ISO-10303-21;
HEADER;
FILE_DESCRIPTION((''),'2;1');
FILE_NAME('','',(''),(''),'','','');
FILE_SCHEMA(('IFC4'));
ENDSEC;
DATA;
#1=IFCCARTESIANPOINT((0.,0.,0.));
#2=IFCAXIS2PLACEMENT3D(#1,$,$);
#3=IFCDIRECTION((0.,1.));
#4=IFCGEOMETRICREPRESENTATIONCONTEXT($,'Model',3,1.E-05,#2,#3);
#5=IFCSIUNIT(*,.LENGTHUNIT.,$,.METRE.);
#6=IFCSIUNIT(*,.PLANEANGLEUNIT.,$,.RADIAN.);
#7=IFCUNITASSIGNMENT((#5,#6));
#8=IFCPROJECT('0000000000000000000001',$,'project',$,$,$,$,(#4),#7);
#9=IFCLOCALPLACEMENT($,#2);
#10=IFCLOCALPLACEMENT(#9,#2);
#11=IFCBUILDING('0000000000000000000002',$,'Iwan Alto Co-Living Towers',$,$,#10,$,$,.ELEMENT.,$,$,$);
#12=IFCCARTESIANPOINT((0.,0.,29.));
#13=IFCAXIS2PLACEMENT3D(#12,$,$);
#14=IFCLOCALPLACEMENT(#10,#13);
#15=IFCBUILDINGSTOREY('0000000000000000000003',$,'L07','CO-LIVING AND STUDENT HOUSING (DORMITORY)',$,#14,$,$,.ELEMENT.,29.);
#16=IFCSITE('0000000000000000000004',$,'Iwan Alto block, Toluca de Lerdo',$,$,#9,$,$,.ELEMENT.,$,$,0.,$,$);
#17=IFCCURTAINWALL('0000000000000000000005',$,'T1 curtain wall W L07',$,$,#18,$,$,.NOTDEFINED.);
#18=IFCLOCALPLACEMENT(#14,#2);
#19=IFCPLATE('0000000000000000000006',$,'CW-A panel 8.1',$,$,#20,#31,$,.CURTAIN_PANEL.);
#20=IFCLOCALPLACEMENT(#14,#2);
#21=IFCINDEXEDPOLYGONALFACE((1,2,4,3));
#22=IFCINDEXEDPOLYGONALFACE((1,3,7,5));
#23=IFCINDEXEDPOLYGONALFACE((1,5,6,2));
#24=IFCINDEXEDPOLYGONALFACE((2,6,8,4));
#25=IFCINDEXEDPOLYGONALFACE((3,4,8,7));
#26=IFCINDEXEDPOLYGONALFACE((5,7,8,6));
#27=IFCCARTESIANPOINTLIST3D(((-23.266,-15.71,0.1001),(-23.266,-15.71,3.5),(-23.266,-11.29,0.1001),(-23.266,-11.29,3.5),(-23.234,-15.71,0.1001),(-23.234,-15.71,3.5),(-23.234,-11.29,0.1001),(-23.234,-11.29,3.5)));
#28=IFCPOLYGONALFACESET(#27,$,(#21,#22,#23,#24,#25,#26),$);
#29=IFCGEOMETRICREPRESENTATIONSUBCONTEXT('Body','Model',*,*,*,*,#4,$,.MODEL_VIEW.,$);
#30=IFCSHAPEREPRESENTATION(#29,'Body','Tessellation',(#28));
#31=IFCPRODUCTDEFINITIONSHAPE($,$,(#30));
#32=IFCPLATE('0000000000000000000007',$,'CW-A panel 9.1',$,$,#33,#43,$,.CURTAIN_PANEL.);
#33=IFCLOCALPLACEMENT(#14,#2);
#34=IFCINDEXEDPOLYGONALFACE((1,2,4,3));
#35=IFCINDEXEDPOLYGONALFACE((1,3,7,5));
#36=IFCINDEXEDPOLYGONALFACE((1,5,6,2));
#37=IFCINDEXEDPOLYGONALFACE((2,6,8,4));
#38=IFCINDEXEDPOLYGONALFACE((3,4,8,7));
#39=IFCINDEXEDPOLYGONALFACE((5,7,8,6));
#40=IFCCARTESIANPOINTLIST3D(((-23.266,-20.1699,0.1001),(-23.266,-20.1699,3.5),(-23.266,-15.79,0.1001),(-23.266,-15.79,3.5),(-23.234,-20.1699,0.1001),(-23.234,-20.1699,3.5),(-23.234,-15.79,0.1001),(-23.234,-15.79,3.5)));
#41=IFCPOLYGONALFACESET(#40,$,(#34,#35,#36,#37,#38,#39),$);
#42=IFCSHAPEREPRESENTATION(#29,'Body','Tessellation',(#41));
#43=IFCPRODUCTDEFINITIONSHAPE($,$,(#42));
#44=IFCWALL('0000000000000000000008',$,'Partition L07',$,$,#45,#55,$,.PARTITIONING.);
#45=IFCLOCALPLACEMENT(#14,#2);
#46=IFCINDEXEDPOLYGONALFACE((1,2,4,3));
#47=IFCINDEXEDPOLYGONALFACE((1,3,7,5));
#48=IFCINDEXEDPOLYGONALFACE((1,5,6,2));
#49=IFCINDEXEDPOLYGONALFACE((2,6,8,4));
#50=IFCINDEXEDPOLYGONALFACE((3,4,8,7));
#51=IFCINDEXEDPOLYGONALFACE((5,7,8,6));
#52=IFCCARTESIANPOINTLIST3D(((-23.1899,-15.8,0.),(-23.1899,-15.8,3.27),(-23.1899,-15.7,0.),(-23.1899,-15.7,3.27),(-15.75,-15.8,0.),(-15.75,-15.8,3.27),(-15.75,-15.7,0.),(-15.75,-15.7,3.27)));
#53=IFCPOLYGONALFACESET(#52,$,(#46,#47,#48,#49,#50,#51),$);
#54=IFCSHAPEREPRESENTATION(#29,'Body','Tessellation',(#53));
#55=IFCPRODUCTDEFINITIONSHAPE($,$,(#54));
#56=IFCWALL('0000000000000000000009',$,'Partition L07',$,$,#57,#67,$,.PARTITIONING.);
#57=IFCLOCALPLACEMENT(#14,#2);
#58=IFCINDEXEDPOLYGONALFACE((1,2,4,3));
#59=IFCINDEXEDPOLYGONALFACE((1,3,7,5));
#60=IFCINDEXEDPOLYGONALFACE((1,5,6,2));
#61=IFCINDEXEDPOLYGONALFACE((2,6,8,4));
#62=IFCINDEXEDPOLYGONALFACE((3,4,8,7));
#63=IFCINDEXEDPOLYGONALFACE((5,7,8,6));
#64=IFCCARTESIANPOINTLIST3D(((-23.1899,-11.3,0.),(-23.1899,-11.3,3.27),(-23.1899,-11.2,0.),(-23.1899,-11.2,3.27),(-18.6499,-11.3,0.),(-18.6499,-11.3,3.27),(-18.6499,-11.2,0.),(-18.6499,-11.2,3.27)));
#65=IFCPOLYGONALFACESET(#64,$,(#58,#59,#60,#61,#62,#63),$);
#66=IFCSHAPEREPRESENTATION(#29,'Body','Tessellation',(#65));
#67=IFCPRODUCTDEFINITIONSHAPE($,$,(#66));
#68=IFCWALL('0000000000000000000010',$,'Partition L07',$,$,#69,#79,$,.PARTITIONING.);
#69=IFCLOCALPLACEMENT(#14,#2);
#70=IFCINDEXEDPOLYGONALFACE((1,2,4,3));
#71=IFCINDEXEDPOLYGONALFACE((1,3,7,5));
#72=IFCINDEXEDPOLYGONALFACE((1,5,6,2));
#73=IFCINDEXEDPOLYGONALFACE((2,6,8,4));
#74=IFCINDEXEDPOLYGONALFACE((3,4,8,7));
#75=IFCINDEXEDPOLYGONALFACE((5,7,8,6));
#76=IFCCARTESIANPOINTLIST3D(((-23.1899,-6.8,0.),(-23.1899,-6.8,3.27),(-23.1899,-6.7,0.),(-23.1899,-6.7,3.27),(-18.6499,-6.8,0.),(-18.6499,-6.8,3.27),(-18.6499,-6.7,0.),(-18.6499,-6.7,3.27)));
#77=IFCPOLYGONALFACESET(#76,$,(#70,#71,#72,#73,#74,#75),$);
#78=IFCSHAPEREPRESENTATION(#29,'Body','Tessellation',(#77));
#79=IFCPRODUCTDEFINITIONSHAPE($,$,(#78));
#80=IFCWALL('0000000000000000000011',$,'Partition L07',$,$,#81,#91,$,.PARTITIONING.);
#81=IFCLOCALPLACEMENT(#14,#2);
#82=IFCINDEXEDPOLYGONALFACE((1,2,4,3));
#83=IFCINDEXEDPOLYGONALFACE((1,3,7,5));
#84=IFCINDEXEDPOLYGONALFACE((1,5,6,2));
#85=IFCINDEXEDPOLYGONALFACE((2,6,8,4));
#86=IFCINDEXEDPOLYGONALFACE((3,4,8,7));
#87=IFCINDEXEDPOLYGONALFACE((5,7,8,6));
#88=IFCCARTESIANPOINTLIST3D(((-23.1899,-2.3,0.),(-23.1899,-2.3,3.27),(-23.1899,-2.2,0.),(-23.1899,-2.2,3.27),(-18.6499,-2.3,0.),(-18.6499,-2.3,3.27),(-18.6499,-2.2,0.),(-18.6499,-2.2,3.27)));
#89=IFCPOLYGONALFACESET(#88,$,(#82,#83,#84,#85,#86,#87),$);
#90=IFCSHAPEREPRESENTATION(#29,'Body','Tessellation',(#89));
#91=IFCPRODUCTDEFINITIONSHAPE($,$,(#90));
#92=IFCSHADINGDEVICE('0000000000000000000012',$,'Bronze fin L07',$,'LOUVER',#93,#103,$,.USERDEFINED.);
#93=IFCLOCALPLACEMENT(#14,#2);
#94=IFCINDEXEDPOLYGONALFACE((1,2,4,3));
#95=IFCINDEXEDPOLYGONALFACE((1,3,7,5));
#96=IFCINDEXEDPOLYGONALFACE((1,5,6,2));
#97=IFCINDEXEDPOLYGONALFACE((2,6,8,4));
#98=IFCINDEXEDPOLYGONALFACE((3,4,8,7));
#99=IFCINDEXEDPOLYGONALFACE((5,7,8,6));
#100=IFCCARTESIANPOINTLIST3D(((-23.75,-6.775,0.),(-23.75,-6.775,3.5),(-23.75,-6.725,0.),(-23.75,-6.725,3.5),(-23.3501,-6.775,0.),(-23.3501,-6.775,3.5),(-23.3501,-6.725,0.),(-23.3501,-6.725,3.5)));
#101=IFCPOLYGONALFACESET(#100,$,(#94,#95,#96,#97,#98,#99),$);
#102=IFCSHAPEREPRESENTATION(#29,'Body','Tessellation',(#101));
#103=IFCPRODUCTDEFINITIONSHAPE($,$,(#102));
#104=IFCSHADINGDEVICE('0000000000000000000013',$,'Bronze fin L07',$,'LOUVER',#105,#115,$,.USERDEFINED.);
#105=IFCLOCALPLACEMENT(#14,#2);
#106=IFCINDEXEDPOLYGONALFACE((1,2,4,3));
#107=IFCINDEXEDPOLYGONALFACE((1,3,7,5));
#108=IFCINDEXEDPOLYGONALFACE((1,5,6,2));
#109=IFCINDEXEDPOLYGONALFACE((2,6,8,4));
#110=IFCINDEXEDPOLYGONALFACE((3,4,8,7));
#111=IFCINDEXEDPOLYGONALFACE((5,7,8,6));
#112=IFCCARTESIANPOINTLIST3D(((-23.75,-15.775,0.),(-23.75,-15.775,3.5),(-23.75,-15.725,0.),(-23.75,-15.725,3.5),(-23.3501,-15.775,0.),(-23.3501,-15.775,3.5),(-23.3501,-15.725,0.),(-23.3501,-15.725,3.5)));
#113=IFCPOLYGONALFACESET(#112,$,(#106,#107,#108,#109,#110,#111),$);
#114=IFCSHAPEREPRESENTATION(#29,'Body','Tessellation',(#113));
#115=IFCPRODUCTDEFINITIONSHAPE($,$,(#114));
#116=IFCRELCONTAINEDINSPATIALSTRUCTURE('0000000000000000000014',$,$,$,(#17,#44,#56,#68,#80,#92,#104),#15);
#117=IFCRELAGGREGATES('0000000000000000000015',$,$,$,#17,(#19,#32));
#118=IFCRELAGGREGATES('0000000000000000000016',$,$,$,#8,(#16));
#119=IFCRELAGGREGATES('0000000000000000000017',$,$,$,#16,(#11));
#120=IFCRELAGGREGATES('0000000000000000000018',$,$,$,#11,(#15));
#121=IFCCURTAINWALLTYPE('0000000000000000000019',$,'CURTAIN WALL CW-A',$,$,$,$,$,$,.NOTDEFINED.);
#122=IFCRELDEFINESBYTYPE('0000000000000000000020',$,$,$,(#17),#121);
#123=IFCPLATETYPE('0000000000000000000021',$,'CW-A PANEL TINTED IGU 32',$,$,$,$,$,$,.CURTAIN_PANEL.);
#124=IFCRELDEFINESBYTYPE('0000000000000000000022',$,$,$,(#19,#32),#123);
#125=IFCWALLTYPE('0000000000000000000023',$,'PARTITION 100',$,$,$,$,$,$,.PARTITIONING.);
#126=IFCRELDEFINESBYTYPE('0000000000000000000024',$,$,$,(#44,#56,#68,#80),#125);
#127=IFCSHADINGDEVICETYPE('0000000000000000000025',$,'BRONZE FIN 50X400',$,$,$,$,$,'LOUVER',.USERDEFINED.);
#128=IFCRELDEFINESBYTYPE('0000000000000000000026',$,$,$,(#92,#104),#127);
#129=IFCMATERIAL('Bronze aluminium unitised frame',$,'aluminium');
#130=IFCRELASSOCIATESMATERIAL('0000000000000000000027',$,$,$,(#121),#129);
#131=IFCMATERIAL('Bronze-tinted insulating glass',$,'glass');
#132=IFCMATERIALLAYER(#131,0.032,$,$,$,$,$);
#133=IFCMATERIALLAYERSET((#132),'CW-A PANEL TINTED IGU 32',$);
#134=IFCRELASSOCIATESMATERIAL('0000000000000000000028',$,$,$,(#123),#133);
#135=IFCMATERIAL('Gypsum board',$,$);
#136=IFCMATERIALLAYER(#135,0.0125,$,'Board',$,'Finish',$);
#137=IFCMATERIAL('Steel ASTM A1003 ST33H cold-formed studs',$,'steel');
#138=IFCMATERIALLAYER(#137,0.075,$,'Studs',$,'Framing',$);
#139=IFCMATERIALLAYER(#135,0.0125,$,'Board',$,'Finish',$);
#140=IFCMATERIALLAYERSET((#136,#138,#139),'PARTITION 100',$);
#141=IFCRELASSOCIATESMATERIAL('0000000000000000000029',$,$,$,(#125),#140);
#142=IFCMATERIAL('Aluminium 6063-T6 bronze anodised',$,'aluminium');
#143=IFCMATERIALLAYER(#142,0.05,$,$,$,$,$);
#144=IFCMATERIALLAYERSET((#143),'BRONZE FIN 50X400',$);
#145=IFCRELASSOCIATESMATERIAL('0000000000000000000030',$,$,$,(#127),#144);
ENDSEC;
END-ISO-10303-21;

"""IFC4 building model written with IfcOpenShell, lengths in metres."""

from ifc_helpers import new_model, si_unit, direction, frame, frame_2d, origin, origin_2d, place, context, subcontext, project, spatial, rectangle, extrude, material, layer, layer_set, type_object, element, aggregate, save


model = new_model("IFC4")

# Units and contexts
model_context = context("Model", 3, precision=1e-05, world=origin(), true_north=direction((0.0, 1.0)))
body_context = subcontext(model_context, "Body", "Model", "MODEL_VIEW")
ifc_project = project(units=[si_unit("LENGTHUNIT", "METRE"), si_unit("PLANEANGLEUNIT", "RADIAN")], contexts=[model_context])

# Site, building, storey
site_placement = place(None, origin())
site = spatial("IfcSite", under=ifc_project, at=site_placement, Name="Iwan Alto block, Toluca de Lerdo", CompositionType="ELEMENT", RefElevation=0.0)
building_placement = place(site_placement, origin())
building = spatial("IfcBuilding", under=site, at=building_placement, Name="Iwan Alto Co-Living Towers", CompositionType="ELEMENT")
storey_placement = place(building_placement, frame((0.0, 0.0, 29.0)))
storey = spatial("IfcBuildingStorey", under=building, at=storey_placement, Name="L07", Description="CO-LIVING AND STUDENT HOUSING (DORMITORY)", CompositionType="ELEMENT", Elevation=29.0)

# Curtain wall
ifc_material_1 = material(Name="Bronze aluminium unitised frame", Category="aluminium")
curtain_wall_type = type_object("IfcCurtainWallType", Name="CURTAIN WALL CW-A", PredefinedType="NOTDEFINED", material=ifc_material_1)
curtain_wall_placement = place(storey_placement, origin())
curtain_wall = element("IfcCurtainWall", 1, at=curtain_wall_placement, inside=storey, type_object=curtain_wall_type, Name="T1 curtain wall W L07", PredefinedType="NOTDEFINED")

# Plates
ifc_material_2 = material(Name="Bronze-tinted insulating glass", Category="glass")
ifc_layer_1 = layer(ifc_material_2, 0.032)
ifc_layer_set_1 = layer_set([ifc_layer_1], Name="CW-A PANEL TINTED IGU 32")
plate_type = type_object("IfcPlateType", Name="CW-A PANEL TINTED IGU 32", PredefinedType="CURTAIN_PANEL", material=ifc_layer_set_1)
plate_1_placement = place(storey_placement, frame((-23.25, -13.5, 0.1001), z_axis=(0.0, 0.0, 1.0), x_axis=(0.0, -1.0, 0.0)))
plate_1 = element("IfcPlate", 2, at=plate_1_placement, type_object=plate_type, Name="CW-A panel 8.1", PredefinedType="CURTAIN_PANEL", context=body_context, shape_type="SweptSolid", body=[
    extrude(rectangle(XDim=4.4199, YDim=0.032, at=origin_2d()), origin(), (0.0, 0.0, 1.0), 3.3999),
])
plate_2_placement = place(storey_placement, frame((-23.25, -17.98, 0.1001), z_axis=(0.0, 0.0, 1.0), x_axis=(0.0, -1.0, 0.0)))
plate_2 = element("IfcPlate", 3, at=plate_2_placement, type_object=plate_type, Name="CW-A panel 9.1", PredefinedType="CURTAIN_PANEL", context=body_context, shape_type="SweptSolid", body=[
    extrude(rectangle(XDim=4.3799, YDim=0.032, at=origin_2d()), origin(), (0.0, 0.0, 1.0), 3.3999),
])
aggregate(curtain_wall, [plate_1, plate_2])

# Walls
ifc_material_3 = material(Name="Gypsum board")
ifc_layer_2 = layer(ifc_material_3, 0.0125, Name="Board", Category="Finish")
ifc_material_4 = material(Name="Steel ASTM A1003 ST33H cold-formed studs", Category="steel")
ifc_layer_3 = layer(ifc_material_4, 0.075, Name="Studs", Category="Framing")
ifc_layer_4 = layer(ifc_material_3, 0.0125, Name="Board", Category="Finish")
ifc_layer_set_2 = layer_set([ifc_layer_2, ifc_layer_3, ifc_layer_4], Name="PARTITION 100")
wall_type = type_object("IfcWallType", Name="PARTITION 100", PredefinedType="PARTITIONING", material=ifc_layer_set_2)
wall_placement = place(storey_placement, frame((-23.1899, -15.75, 0.0), z_axis=(0.0, 0.0, 1.0), x_axis=(1.0, 0.0, 0.0)))
element("IfcWall", 4, at=wall_placement, inside=storey, type_object=wall_type, Name="Partition L07", PredefinedType="PARTITIONING", context=body_context, shape_type="SweptSolid", body=[
    extrude(rectangle(XDim=7.4399, YDim=0.1001, at=frame_2d((3.72, 0.0))), origin(), (0.0, 0.0, 1.0), 3.27),
])
for number, where, z_axis, x_axis, name in (
    (5, (-23.1899, -11.25, 0.0), (0.0, 0.0, 1.0), (1.0, 0.0, 0.0), "Partition L07"),
    (6, (-23.1899, -6.75, 0.0), (0.0, 0.0, 1.0), (1.0, 0.0, 0.0), "Partition L07"),
    (7, (-23.1899, -2.25, 0.0), (0.0, 0.0, 1.0), (1.0, 0.0, 0.0), "Partition L07"),
):
    element("IfcWall", number, at=place(storey_placement, frame(where, z_axis=z_axis, x_axis=x_axis)), inside=storey, type_object=wall_type, Name=name, PredefinedType="PARTITIONING", context=body_context, shape_type="SweptSolid", body=[
        extrude(rectangle(XDim=4.54, YDim=0.1001, at=frame_2d((2.27, 0.0))), origin(), (0.0, 0.0, 1.0), 3.27),
    ])

# Shading devices
ifc_material_5 = material(Name="Aluminium 6063-T6 bronze anodised", Category="aluminium")
ifc_layer_5 = layer(ifc_material_5, 0.05)
ifc_layer_set_3 = layer_set([ifc_layer_5], Name="BRONZE FIN 50X400")
shading_device_type = type_object("IfcShadingDeviceType", Name="BRONZE FIN 50X400", ElementType="LOUVER", PredefinedType="USERDEFINED", material=ifc_layer_set_3)
for number, where, z_axis, x_axis, name in (
    (8, (-23.55, -6.75, 0.0), (0.0, 0.0, 1.0), (0.0, -1.0, 0.0), "Bronze fin L07"),
    (9, (-23.55, -15.75, 0.0), (0.0, 0.0, 1.0), (0.0, -1.0, 0.0), "Bronze fin L07"),
):
    element("IfcShadingDevice", number, at=place(storey_placement, frame(where, z_axis=z_axis, x_axis=x_axis)), inside=storey, type_object=shading_device_type, Name=name, ObjectType="LOUVER", PredefinedType="USERDEFINED", context=body_context, shape_type="SweptSolid", body=[
        extrude(rectangle(XDim=0.05, YDim=0.3999, at=origin_2d()), origin(), (0.0, 0.0, 1.0), 3.5),
    ])

save(model, "model.ifc")
